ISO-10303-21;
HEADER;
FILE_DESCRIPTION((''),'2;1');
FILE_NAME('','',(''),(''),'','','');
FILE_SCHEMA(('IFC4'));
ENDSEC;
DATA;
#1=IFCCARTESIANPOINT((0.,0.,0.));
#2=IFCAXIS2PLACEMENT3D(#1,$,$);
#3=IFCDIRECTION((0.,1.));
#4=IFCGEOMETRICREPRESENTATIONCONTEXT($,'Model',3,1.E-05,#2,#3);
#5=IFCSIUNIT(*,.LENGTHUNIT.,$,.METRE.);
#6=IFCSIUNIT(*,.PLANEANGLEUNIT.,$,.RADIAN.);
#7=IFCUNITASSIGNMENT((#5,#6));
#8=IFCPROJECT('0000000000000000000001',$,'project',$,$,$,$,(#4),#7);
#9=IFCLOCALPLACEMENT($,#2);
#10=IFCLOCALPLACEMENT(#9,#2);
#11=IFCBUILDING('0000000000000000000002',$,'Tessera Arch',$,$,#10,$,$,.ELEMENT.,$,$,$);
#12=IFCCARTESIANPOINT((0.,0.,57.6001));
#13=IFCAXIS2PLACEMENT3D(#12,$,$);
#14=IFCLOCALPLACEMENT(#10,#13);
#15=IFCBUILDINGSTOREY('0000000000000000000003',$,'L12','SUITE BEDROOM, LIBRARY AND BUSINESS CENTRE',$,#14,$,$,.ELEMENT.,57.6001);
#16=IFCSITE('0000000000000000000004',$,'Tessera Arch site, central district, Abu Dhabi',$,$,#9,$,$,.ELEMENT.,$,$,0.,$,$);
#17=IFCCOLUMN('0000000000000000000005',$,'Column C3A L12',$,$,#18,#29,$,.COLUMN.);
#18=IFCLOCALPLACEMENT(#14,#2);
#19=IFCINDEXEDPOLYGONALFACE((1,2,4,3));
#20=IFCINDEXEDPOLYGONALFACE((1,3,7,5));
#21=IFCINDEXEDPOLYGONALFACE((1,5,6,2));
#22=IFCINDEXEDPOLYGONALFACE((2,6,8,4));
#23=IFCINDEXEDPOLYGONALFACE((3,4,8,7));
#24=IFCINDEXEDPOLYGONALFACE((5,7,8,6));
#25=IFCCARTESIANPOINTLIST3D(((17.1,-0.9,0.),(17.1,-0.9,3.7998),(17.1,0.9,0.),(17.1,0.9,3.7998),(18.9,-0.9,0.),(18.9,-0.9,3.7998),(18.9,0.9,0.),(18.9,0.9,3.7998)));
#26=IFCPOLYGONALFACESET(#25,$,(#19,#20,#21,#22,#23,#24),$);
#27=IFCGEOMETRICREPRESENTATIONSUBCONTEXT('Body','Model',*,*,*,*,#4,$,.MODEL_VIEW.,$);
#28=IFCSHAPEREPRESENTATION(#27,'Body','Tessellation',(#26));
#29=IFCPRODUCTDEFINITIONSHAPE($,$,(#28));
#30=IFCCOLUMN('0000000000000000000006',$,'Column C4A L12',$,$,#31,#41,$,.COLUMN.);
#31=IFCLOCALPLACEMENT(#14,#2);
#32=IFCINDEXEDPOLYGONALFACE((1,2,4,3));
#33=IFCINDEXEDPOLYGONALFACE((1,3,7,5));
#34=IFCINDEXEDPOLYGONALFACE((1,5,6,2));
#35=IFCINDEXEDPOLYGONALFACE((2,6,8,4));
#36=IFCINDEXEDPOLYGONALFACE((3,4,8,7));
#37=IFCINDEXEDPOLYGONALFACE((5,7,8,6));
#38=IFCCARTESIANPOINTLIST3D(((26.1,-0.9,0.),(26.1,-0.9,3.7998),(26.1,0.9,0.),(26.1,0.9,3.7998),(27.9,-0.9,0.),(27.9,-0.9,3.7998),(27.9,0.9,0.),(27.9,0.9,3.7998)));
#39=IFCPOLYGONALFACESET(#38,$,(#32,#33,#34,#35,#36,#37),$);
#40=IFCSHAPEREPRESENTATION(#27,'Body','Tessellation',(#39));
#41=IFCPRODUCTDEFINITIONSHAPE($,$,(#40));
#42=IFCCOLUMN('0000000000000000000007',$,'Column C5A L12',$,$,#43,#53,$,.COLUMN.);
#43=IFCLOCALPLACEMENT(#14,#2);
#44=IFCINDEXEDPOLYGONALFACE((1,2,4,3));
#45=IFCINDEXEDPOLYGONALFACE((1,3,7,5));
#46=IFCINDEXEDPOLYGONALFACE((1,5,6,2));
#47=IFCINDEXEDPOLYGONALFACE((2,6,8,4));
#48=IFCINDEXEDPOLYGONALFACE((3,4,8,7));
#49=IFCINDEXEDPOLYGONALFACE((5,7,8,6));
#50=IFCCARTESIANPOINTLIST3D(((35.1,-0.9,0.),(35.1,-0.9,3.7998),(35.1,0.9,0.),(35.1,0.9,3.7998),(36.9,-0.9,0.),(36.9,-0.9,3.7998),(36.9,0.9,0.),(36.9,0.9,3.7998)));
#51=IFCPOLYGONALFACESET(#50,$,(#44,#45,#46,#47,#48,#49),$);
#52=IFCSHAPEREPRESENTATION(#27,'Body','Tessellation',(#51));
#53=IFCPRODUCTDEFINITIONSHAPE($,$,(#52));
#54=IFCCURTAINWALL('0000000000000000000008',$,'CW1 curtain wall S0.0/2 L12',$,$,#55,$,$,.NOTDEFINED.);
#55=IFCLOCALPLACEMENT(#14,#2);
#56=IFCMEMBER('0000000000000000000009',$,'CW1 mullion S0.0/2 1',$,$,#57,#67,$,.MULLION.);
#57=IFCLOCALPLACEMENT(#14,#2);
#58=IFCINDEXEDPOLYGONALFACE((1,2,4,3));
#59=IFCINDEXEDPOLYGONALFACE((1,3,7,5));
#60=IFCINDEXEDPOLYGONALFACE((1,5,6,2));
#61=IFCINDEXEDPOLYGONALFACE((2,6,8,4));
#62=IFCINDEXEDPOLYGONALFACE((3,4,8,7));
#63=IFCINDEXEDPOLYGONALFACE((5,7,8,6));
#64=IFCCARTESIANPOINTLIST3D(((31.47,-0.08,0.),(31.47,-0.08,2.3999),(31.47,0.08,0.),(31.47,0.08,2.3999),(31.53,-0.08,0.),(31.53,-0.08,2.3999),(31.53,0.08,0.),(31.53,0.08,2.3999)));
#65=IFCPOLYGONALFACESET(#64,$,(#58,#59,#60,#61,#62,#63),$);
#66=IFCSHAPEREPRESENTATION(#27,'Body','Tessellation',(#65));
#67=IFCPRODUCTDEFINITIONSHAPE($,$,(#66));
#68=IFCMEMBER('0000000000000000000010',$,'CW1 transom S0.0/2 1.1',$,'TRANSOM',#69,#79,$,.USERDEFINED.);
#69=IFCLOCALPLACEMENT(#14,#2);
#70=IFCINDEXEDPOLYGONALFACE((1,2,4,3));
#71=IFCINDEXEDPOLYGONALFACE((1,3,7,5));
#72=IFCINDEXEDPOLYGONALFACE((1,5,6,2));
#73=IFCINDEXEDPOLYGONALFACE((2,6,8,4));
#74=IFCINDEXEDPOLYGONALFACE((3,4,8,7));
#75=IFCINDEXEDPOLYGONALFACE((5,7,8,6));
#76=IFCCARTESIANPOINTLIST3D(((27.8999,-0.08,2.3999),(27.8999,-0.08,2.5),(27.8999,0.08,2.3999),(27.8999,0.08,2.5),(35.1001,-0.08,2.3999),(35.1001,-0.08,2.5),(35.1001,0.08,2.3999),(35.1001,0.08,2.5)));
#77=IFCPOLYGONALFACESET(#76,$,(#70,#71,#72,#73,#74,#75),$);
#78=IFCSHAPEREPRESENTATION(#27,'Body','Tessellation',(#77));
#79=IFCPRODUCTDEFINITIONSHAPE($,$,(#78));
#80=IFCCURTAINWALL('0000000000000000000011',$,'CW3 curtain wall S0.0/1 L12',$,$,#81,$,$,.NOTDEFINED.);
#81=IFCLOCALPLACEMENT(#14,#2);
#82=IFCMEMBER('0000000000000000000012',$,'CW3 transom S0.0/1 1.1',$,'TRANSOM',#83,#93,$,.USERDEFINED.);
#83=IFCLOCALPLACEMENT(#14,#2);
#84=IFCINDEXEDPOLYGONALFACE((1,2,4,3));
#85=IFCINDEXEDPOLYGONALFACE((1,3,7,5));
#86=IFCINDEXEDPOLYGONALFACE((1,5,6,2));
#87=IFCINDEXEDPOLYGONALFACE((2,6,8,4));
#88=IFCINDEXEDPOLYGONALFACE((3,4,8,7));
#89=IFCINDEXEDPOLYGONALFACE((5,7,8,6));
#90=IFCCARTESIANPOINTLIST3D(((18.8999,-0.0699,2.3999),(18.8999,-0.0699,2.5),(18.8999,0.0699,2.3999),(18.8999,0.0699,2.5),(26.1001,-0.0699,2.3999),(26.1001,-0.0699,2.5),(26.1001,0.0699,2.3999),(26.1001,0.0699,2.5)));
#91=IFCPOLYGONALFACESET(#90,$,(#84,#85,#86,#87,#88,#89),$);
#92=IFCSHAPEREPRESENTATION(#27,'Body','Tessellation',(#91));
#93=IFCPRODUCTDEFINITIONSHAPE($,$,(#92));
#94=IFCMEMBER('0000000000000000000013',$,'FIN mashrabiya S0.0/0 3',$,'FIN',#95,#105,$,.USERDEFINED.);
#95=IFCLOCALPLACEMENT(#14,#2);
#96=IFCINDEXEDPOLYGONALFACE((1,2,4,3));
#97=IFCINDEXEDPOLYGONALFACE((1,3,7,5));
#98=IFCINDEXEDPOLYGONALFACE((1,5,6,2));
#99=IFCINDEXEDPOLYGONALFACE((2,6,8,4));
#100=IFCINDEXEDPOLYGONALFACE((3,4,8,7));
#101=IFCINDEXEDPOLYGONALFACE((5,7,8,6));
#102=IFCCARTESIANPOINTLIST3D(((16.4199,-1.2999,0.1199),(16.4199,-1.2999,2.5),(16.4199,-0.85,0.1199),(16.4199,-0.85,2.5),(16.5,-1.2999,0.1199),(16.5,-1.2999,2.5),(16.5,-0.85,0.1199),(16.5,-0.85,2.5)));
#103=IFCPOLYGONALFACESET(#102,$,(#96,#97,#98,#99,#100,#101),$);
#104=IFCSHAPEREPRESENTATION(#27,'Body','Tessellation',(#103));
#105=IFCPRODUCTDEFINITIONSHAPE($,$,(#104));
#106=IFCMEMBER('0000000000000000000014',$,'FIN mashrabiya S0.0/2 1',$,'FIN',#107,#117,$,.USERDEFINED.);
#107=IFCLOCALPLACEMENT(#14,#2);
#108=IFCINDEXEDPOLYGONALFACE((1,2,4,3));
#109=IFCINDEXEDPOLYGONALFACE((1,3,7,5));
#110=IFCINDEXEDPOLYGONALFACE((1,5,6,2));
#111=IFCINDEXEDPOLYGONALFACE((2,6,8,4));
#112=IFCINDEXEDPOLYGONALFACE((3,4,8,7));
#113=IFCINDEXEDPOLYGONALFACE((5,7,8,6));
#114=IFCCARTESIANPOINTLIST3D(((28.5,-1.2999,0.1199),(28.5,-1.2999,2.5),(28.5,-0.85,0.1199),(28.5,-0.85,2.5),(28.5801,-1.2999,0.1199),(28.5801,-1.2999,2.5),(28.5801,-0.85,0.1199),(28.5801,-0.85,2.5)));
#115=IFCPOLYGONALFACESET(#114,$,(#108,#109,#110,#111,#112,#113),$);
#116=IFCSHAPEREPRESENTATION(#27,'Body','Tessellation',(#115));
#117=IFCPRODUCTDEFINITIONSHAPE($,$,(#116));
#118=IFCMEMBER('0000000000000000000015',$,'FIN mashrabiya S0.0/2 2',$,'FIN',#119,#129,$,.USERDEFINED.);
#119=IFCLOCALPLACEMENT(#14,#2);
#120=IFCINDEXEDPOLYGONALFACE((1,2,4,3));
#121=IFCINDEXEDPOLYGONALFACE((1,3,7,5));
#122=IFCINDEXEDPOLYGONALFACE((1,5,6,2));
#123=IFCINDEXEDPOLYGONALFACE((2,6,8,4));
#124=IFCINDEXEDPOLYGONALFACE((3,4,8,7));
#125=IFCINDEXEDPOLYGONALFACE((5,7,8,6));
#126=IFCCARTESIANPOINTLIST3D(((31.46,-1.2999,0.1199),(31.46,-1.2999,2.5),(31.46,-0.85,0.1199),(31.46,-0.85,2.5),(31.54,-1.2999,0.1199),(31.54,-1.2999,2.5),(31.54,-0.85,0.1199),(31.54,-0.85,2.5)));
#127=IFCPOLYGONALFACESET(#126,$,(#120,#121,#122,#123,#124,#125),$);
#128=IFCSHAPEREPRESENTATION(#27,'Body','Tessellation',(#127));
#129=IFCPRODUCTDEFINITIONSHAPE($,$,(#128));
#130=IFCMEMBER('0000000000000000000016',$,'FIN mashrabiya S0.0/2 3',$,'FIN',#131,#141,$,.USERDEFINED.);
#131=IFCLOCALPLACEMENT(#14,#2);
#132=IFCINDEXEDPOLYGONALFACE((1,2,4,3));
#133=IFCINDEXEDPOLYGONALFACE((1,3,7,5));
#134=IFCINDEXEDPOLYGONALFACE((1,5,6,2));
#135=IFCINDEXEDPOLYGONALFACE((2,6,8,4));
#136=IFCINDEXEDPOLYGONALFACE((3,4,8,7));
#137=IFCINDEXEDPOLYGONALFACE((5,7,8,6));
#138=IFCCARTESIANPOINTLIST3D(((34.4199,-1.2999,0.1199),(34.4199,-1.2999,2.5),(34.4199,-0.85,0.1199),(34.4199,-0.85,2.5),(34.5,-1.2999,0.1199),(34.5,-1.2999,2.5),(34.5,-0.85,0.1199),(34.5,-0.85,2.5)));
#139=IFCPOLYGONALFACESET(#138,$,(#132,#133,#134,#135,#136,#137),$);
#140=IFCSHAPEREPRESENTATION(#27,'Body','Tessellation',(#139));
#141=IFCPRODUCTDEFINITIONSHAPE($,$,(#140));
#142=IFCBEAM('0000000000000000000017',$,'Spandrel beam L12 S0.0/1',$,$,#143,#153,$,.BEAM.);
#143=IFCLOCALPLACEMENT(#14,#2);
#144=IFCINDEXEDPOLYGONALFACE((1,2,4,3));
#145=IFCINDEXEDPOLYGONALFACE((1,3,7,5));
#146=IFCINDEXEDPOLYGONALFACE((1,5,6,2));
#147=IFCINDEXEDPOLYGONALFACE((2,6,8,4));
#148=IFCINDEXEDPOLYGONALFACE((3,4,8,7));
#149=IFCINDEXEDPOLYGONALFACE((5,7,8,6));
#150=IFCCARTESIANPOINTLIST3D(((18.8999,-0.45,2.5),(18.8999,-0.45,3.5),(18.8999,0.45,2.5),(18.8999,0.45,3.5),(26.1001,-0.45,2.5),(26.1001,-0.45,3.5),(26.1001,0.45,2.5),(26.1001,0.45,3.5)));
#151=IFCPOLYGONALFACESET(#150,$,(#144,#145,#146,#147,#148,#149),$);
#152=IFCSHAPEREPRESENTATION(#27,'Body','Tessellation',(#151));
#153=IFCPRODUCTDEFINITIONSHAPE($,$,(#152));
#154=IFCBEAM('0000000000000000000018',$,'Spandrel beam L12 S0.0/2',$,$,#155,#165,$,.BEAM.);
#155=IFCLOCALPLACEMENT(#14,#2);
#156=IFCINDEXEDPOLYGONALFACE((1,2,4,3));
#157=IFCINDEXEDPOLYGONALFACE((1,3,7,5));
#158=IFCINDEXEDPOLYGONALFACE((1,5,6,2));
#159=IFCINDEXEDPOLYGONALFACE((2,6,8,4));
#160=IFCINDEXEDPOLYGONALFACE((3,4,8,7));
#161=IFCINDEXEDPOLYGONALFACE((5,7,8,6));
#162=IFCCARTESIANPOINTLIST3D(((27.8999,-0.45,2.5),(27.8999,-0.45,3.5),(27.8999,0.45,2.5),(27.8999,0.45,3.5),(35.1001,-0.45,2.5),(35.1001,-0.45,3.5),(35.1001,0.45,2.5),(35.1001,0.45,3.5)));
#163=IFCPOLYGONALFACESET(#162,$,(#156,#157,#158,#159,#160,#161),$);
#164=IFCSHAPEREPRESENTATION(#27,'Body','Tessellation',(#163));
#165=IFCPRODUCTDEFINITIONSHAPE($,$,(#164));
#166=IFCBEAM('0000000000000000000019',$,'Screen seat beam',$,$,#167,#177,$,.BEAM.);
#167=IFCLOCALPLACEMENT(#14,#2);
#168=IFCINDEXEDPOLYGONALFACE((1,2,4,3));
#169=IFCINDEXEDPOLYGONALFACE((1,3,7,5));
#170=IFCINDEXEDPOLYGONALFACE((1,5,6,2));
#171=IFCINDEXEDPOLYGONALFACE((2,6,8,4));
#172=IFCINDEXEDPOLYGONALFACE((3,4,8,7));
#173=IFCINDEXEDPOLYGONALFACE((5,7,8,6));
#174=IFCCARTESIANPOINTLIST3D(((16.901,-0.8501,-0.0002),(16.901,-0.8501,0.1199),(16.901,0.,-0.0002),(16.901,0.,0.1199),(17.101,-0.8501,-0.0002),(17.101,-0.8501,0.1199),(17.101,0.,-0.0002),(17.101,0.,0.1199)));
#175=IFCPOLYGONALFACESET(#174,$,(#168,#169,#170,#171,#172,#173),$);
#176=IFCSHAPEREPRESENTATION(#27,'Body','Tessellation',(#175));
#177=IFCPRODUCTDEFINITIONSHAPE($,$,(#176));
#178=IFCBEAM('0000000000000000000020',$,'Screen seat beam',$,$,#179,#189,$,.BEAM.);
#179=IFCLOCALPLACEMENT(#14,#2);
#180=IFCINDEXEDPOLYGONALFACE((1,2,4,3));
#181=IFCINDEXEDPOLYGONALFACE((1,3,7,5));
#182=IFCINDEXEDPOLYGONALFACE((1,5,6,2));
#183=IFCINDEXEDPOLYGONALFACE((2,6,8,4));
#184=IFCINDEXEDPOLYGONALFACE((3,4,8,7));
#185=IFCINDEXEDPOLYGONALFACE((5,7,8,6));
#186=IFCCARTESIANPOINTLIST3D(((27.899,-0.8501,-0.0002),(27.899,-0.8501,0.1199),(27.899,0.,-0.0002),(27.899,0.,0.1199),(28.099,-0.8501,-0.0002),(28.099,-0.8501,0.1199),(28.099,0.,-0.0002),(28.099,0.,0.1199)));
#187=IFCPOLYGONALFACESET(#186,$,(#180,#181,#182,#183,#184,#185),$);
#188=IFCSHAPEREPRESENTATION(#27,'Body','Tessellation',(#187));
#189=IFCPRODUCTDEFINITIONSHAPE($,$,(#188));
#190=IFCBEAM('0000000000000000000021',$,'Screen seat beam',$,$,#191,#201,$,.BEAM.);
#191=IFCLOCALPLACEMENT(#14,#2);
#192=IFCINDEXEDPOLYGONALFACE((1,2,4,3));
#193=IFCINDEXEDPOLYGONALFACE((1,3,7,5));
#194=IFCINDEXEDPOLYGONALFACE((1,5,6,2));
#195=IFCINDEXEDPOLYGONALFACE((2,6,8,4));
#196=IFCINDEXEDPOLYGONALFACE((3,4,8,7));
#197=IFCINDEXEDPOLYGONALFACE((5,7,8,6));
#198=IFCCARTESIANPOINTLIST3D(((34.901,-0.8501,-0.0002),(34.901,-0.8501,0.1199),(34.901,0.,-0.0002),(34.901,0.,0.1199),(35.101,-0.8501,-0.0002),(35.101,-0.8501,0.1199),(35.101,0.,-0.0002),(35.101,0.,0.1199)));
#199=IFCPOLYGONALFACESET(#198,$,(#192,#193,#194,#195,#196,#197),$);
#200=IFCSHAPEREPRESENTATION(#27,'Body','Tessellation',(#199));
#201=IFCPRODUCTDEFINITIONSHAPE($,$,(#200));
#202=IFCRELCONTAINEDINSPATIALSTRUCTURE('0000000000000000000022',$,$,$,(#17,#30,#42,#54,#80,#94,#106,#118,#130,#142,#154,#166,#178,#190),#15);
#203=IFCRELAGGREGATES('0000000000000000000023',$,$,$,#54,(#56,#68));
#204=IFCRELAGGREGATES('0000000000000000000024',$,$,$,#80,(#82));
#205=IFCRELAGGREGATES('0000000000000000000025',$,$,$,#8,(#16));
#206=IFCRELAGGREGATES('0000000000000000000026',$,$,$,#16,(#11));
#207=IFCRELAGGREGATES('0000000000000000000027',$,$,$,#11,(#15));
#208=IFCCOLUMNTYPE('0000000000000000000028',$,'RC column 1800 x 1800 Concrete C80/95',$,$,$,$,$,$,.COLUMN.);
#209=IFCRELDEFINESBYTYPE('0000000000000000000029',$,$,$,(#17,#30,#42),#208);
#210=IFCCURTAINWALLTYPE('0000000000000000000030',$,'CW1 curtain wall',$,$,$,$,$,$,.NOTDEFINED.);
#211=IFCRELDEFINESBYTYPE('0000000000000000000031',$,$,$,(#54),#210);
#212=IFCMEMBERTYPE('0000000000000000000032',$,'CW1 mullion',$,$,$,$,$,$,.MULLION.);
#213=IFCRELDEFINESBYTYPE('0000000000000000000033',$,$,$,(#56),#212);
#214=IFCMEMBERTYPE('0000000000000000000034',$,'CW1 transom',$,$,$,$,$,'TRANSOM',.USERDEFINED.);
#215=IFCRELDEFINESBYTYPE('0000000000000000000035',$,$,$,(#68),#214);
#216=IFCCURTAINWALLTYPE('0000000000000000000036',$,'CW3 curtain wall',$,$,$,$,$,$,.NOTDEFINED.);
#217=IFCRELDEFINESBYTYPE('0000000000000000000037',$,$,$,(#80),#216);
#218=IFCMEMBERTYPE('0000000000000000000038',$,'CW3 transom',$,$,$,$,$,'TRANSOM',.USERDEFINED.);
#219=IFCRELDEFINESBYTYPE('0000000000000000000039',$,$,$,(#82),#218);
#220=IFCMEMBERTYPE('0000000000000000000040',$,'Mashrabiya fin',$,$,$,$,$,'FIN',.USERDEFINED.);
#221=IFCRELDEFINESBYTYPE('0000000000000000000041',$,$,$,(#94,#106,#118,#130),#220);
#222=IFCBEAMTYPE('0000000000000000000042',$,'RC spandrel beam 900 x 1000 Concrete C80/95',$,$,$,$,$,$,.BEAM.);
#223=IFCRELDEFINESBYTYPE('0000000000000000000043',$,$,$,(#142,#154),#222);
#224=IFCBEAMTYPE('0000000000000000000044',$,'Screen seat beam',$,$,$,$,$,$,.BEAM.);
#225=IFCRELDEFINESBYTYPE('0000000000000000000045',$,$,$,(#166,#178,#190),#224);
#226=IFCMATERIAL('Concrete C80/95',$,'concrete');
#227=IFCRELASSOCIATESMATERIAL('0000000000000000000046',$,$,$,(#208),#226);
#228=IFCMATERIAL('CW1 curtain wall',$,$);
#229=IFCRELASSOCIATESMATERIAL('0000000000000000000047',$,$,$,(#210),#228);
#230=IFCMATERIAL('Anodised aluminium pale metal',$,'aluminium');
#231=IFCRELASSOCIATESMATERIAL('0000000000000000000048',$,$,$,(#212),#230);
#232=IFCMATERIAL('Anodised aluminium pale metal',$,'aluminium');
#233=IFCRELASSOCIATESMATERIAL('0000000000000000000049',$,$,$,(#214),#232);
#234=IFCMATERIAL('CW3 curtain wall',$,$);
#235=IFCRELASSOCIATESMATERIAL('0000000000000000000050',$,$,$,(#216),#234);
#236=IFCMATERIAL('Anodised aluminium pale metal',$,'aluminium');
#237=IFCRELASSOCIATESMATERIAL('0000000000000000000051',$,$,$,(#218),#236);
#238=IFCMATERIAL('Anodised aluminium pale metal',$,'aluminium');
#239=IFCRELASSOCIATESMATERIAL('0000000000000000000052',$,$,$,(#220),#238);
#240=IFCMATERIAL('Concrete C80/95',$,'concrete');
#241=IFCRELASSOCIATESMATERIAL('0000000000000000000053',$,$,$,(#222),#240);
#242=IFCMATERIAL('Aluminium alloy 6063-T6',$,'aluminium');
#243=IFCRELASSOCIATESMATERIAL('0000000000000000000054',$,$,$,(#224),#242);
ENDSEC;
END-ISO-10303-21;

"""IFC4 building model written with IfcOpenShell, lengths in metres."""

from ifc_helpers import new_model, si_unit, direction, frame, origin, origin_2d, place, context, subcontext, project, spatial, rectangle, extrude, material, material_profile, profile_set, type_object, element, aggregate, save


model = new_model("IFC4")

# Units and contexts
model_context = context("Model", 3, precision=1e-05, world=origin(), true_north=direction((0.0, 1.0)))
body_context = subcontext(model_context, "Body", "Model", "MODEL_VIEW")
ifc_project = project(units=[si_unit("LENGTHUNIT", "METRE"), si_unit("PLANEANGLEUNIT", "RADIAN")], contexts=[model_context])

# Site, building, storey
site_placement = place(None, origin())
site = spatial("IfcSite", under=ifc_project, at=site_placement, Name="Tessera Arch site, central district, Abu Dhabi", CompositionType="ELEMENT", RefElevation=0.0)
building_placement = place(site_placement, origin())
building = spatial("IfcBuilding", under=site, at=building_placement, Name="Tessera Arch", CompositionType="ELEMENT")
storey_placement = place(building_placement, frame((0.0, 0.0, 57.6001)))
storey = spatial("IfcBuildingStorey", under=building, at=storey_placement, Name="L12", Description="SUITE BEDROOM, LIBRARY AND BUSINESS CENTRE", CompositionType="ELEMENT", Elevation=57.6001)

# Columns
ifc_material_1 = material(Name="Concrete C80/95", Category="concrete")
ifc_material_profile_1 = material_profile(ifc_material_1, rectangle(XDim=1.8, YDim=1.8, at=origin_2d()), Name="RC column 1800 x 1800 Concrete C80/95")
ifc_profile_set_1 = profile_set([ifc_material_profile_1], Name="Concrete C80/95")
column_type = type_object("IfcColumnType", Name="RC column 1800 x 1800 Concrete C80/95", PredefinedType="COLUMN", material=ifc_profile_set_1)
for number, where, z_axis, x_axis, name in (
    (1, (18.0, 0.0, 0.0), (0.0, 0.0, 1.0), (1.0, 0.0, 0.0), "Column C3A L12"),
    (2, (27.0, 0.0, 0.0), (0.0, 0.0, 1.0), (1.0, 0.0, 0.0), "Column C4A L12"),
    (3, (36.0, 0.0, 0.0), (0.0, 0.0, 1.0), (1.0, 0.0, 0.0), "Column C5A L12"),
):
    element("IfcColumn", number, at=place(storey_placement, frame(where, z_axis=z_axis, x_axis=x_axis)), inside=storey, type_object=column_type, Name=name, PredefinedType="COLUMN", context=body_context, shape_type="SweptSolid", body=[
        extrude(rectangle(XDim=1.8, YDim=1.8, at=origin_2d()), origin(), (0.0, 0.0, 1.0), 3.7998),
    ])

# Curtain wall, members
ifc_material_2 = material(Name="CW1 curtain wall")
curtain_wall_type_1 = type_object("IfcCurtainWallType", Name="CW1 curtain wall", PredefinedType="NOTDEFINED", material=ifc_material_2)
curtain_wall_1_placement = place(storey_placement, origin())
curtain_wall_1 = element("IfcCurtainWall", 4, at=curtain_wall_1_placement, inside=storey, type_object=curtain_wall_type_1, Name="CW1 curtain wall S0.0/2 L12", PredefinedType="NOTDEFINED")
ifc_material_3 = material(Name="Anodised aluminium pale metal", Category="aluminium")
ifc_material_profile_2 = material_profile(ifc_material_3, rectangle(XDim=0.1599, YDim=0.0601, at=origin_2d()), Name="AL 60x160")
ifc_profile_set_2 = profile_set([ifc_material_profile_2], Name="Anodised aluminium pale metal")
member_type_1 = type_object("IfcMemberType", Name="CW1 mullion", PredefinedType="MULLION", material=ifc_profile_set_2)
member_1_placement = place(storey_placement, frame((31.5, 0.0, 0.0), z_axis=(0.0, 0.0, 1.0), x_axis=(0.0, 1.0, 0.0)))
member_1 = element("IfcMember", 5, at=member_1_placement, type_object=member_type_1, Name="CW1 mullion S0.0/2 1", PredefinedType="MULLION", context=body_context, shape_type="SweptSolid", body=[
    extrude(rectangle(XDim=0.1599, YDim=0.0601, at=origin_2d()), origin(), (0.0, 0.0, 1.0), 2.3999),
])
ifc_material_4 = material(Name="Anodised aluminium pale metal", Category="aluminium")
ifc_material_profile_3 = material_profile(ifc_material_4, rectangle(XDim=0.1599, YDim=0.1001, at=origin_2d()), Name="AL 160x100")
ifc_profile_set_3 = profile_set([ifc_material_profile_3], Name="Anodised aluminium pale metal")
member_type_2 = type_object("IfcMemberType", Name="CW1 transom", ElementType="TRANSOM", PredefinedType="USERDEFINED", material=ifc_profile_set_3)
member_2_placement = place(storey_placement, frame((27.8999, 0.0, 2.45), z_axis=(1.0, 0.0, 0.0), x_axis=(0.0, 1.0, 0.0)))
member_2 = element("IfcMember", 6, at=member_2_placement, type_object=member_type_2, Name="CW1 transom S0.0/2 1.1", ObjectType="TRANSOM", PredefinedType="USERDEFINED", context=body_context, shape_type="SweptSolid", body=[
    extrude(rectangle(XDim=0.1599, YDim=0.1001, at=origin_2d()), origin(), (0.0, 0.0, 1.0), 7.2002),
])

# Curtain wall, member
ifc_material_5 = material(Name="CW3 curtain wall")
curtain_wall_type_2 = type_object("IfcCurtainWallType", Name="CW3 curtain wall", PredefinedType="NOTDEFINED", material=ifc_material_5)
curtain_wall_2_placement = place(storey_placement, origin())
curtain_wall_2 = element("IfcCurtainWall", 7, at=curtain_wall_2_placement, inside=storey, type_object=curtain_wall_type_2, Name="CW3 curtain wall S0.0/1 L12", PredefinedType="NOTDEFINED")
ifc_material_6 = material(Name="Anodised aluminium pale metal", Category="aluminium")
ifc_material_profile_4 = material_profile(ifc_material_6, rectangle(XDim=0.1399, YDim=0.1001, at=origin_2d()), Name="AL 140x100")
ifc_profile_set_4 = profile_set([ifc_material_profile_4], Name="Anodised aluminium pale metal")
member_type_3 = type_object("IfcMemberType", Name="CW3 transom", ElementType="TRANSOM", PredefinedType="USERDEFINED", material=ifc_profile_set_4)
member_3_placement = place(storey_placement, frame((18.8999, 0.0, 2.45), z_axis=(1.0, 0.0, 0.0), x_axis=(0.0, 1.0, 0.0)))
member_3 = element("IfcMember", 8, at=member_3_placement, type_object=member_type_3, Name="CW3 transom S0.0/1 1.1", ObjectType="TRANSOM", PredefinedType="USERDEFINED", context=body_context, shape_type="SweptSolid", body=[
    extrude(rectangle(XDim=0.1399, YDim=0.1001, at=origin_2d()), origin(), (0.0, 0.0, 1.0), 7.2002),
])

# Members
ifc_material_7 = material(Name="Anodised aluminium pale metal", Category="aluminium")
ifc_material_profile_5 = material_profile(ifc_material_7, rectangle(XDim=0.45, YDim=0.0801, at=origin_2d()), Name="AL 80x450")
ifc_profile_set_5 = profile_set([ifc_material_profile_5], Name="Anodised aluminium pale metal")
member_type_4 = type_object("IfcMemberType", Name="Mashrabiya fin", ElementType="FIN", PredefinedType="USERDEFINED", material=ifc_profile_set_5)
for number, where, z_axis, x_axis, name in (
    (9, (16.46, -1.075, 0.1199), (0.0, 0.0, 1.0), (0.0, -1.0, 0.0), "FIN mashrabiya S0.0/0 3"),
    (10, (28.54, -1.075, 0.1199), (0.0, 0.0, 1.0), (0.0, -1.0, 0.0), "FIN mashrabiya S0.0/2 1"),
    (11, (31.5, -1.075, 0.1199), (0.0, 0.0, 1.0), (0.0, -1.0, 0.0), "FIN mashrabiya S0.0/2 2"),
    (12, (34.46, -1.075, 0.1199), (0.0, 0.0, 1.0), (0.0, -1.0, 0.0), "FIN mashrabiya S0.0/2 3"),
):
    element("IfcMember", number, at=place(storey_placement, frame(where, z_axis=z_axis, x_axis=x_axis)), inside=storey, type_object=member_type_4, Name=name, ObjectType="FIN", PredefinedType="USERDEFINED", context=body_context, shape_type="SweptSolid", body=[
        extrude(rectangle(XDim=0.45, YDim=0.0801, at=origin_2d()), origin(), (0.0, 0.0, 1.0), 2.3801),
    ])

# Beams
ifc_material_8 = material(Name="Concrete C80/95", Category="concrete")
ifc_material_profile_6 = material_profile(ifc_material_8, rectangle(XDim=0.8999, YDim=1.0, at=origin_2d()), Name="RC spandrel beam 900 x 1000 Concrete C80/95")
ifc_profile_set_6 = profile_set([ifc_material_profile_6], Name="Concrete C80/95")
beam_type_1 = type_object("IfcBeamType", Name="RC spandrel beam 900 x 1000 Concrete C80/95", PredefinedType="BEAM", material=ifc_profile_set_6)
for number, where, z_axis, x_axis, name in (
    (13, (18.8999, 0.0, 3.0), (1.0, 0.0, 0.0), (0.0, 1.0, 0.0), "Spandrel beam L12 S0.0/1"),
    (14, (27.8999, 0.0, 3.0), (1.0, 0.0, 0.0), (0.0, 1.0, 0.0), "Spandrel beam L12 S0.0/2"),
):
    element("IfcBeam", number, at=place(storey_placement, frame(where, z_axis=z_axis, x_axis=x_axis)), inside=storey, type_object=beam_type_1, Name=name, PredefinedType="BEAM", context=body_context, shape_type="SweptSolid", body=[
        extrude(rectangle(XDim=0.8999, YDim=1.0, at=origin_2d()), origin(), (0.0, 0.0, 1.0), 7.2002),
    ])
ifc_material_9 = material(Name="Aluminium alloy 6063-T6", Category="aluminium")
ifc_material_profile_7 = material_profile(ifc_material_9, rectangle(XDim=0.2, YDim=0.1201, at=origin_2d()), Name="AL 200x120")
ifc_profile_set_7 = profile_set([ifc_material_profile_7], Name="Aluminium alloy 6063-T6")
beam_type_2 = type_object("IfcBeamType", Name="Screen seat beam", PredefinedType="BEAM", material=ifc_profile_set_7)
for number, where, z_axis, x_axis, name in (
    (15, (17.001, 0.0, 0.0598), (0.0, -1.0, 0.0), (1.0, 0.0, 0.0), "Screen seat beam"),
    (16, (27.999, 0.0, 0.0598), (0.0, -1.0, 0.0), (1.0, 0.0, 0.0), "Screen seat beam"),
    (17, (35.001, 0.0, 0.0598), (0.0, -1.0, 0.0), (1.0, 0.0, 0.0), "Screen seat beam"),
):
    element("IfcBeam", number, at=place(storey_placement, frame(where, z_axis=z_axis, x_axis=x_axis)), inside=storey, type_object=beam_type_2, Name=name, PredefinedType="BEAM", context=body_context, shape_type="SweptSolid", body=[
        extrude(rectangle(XDim=0.2, YDim=0.1201, at=origin_2d()), origin(), (0.0, 0.0, 1.0), 0.8501),
    ])

aggregate(curtain_wall_1, [member_1, member_2])
aggregate(curtain_wall_2, [member_3])

save(model, "model.ifc")
